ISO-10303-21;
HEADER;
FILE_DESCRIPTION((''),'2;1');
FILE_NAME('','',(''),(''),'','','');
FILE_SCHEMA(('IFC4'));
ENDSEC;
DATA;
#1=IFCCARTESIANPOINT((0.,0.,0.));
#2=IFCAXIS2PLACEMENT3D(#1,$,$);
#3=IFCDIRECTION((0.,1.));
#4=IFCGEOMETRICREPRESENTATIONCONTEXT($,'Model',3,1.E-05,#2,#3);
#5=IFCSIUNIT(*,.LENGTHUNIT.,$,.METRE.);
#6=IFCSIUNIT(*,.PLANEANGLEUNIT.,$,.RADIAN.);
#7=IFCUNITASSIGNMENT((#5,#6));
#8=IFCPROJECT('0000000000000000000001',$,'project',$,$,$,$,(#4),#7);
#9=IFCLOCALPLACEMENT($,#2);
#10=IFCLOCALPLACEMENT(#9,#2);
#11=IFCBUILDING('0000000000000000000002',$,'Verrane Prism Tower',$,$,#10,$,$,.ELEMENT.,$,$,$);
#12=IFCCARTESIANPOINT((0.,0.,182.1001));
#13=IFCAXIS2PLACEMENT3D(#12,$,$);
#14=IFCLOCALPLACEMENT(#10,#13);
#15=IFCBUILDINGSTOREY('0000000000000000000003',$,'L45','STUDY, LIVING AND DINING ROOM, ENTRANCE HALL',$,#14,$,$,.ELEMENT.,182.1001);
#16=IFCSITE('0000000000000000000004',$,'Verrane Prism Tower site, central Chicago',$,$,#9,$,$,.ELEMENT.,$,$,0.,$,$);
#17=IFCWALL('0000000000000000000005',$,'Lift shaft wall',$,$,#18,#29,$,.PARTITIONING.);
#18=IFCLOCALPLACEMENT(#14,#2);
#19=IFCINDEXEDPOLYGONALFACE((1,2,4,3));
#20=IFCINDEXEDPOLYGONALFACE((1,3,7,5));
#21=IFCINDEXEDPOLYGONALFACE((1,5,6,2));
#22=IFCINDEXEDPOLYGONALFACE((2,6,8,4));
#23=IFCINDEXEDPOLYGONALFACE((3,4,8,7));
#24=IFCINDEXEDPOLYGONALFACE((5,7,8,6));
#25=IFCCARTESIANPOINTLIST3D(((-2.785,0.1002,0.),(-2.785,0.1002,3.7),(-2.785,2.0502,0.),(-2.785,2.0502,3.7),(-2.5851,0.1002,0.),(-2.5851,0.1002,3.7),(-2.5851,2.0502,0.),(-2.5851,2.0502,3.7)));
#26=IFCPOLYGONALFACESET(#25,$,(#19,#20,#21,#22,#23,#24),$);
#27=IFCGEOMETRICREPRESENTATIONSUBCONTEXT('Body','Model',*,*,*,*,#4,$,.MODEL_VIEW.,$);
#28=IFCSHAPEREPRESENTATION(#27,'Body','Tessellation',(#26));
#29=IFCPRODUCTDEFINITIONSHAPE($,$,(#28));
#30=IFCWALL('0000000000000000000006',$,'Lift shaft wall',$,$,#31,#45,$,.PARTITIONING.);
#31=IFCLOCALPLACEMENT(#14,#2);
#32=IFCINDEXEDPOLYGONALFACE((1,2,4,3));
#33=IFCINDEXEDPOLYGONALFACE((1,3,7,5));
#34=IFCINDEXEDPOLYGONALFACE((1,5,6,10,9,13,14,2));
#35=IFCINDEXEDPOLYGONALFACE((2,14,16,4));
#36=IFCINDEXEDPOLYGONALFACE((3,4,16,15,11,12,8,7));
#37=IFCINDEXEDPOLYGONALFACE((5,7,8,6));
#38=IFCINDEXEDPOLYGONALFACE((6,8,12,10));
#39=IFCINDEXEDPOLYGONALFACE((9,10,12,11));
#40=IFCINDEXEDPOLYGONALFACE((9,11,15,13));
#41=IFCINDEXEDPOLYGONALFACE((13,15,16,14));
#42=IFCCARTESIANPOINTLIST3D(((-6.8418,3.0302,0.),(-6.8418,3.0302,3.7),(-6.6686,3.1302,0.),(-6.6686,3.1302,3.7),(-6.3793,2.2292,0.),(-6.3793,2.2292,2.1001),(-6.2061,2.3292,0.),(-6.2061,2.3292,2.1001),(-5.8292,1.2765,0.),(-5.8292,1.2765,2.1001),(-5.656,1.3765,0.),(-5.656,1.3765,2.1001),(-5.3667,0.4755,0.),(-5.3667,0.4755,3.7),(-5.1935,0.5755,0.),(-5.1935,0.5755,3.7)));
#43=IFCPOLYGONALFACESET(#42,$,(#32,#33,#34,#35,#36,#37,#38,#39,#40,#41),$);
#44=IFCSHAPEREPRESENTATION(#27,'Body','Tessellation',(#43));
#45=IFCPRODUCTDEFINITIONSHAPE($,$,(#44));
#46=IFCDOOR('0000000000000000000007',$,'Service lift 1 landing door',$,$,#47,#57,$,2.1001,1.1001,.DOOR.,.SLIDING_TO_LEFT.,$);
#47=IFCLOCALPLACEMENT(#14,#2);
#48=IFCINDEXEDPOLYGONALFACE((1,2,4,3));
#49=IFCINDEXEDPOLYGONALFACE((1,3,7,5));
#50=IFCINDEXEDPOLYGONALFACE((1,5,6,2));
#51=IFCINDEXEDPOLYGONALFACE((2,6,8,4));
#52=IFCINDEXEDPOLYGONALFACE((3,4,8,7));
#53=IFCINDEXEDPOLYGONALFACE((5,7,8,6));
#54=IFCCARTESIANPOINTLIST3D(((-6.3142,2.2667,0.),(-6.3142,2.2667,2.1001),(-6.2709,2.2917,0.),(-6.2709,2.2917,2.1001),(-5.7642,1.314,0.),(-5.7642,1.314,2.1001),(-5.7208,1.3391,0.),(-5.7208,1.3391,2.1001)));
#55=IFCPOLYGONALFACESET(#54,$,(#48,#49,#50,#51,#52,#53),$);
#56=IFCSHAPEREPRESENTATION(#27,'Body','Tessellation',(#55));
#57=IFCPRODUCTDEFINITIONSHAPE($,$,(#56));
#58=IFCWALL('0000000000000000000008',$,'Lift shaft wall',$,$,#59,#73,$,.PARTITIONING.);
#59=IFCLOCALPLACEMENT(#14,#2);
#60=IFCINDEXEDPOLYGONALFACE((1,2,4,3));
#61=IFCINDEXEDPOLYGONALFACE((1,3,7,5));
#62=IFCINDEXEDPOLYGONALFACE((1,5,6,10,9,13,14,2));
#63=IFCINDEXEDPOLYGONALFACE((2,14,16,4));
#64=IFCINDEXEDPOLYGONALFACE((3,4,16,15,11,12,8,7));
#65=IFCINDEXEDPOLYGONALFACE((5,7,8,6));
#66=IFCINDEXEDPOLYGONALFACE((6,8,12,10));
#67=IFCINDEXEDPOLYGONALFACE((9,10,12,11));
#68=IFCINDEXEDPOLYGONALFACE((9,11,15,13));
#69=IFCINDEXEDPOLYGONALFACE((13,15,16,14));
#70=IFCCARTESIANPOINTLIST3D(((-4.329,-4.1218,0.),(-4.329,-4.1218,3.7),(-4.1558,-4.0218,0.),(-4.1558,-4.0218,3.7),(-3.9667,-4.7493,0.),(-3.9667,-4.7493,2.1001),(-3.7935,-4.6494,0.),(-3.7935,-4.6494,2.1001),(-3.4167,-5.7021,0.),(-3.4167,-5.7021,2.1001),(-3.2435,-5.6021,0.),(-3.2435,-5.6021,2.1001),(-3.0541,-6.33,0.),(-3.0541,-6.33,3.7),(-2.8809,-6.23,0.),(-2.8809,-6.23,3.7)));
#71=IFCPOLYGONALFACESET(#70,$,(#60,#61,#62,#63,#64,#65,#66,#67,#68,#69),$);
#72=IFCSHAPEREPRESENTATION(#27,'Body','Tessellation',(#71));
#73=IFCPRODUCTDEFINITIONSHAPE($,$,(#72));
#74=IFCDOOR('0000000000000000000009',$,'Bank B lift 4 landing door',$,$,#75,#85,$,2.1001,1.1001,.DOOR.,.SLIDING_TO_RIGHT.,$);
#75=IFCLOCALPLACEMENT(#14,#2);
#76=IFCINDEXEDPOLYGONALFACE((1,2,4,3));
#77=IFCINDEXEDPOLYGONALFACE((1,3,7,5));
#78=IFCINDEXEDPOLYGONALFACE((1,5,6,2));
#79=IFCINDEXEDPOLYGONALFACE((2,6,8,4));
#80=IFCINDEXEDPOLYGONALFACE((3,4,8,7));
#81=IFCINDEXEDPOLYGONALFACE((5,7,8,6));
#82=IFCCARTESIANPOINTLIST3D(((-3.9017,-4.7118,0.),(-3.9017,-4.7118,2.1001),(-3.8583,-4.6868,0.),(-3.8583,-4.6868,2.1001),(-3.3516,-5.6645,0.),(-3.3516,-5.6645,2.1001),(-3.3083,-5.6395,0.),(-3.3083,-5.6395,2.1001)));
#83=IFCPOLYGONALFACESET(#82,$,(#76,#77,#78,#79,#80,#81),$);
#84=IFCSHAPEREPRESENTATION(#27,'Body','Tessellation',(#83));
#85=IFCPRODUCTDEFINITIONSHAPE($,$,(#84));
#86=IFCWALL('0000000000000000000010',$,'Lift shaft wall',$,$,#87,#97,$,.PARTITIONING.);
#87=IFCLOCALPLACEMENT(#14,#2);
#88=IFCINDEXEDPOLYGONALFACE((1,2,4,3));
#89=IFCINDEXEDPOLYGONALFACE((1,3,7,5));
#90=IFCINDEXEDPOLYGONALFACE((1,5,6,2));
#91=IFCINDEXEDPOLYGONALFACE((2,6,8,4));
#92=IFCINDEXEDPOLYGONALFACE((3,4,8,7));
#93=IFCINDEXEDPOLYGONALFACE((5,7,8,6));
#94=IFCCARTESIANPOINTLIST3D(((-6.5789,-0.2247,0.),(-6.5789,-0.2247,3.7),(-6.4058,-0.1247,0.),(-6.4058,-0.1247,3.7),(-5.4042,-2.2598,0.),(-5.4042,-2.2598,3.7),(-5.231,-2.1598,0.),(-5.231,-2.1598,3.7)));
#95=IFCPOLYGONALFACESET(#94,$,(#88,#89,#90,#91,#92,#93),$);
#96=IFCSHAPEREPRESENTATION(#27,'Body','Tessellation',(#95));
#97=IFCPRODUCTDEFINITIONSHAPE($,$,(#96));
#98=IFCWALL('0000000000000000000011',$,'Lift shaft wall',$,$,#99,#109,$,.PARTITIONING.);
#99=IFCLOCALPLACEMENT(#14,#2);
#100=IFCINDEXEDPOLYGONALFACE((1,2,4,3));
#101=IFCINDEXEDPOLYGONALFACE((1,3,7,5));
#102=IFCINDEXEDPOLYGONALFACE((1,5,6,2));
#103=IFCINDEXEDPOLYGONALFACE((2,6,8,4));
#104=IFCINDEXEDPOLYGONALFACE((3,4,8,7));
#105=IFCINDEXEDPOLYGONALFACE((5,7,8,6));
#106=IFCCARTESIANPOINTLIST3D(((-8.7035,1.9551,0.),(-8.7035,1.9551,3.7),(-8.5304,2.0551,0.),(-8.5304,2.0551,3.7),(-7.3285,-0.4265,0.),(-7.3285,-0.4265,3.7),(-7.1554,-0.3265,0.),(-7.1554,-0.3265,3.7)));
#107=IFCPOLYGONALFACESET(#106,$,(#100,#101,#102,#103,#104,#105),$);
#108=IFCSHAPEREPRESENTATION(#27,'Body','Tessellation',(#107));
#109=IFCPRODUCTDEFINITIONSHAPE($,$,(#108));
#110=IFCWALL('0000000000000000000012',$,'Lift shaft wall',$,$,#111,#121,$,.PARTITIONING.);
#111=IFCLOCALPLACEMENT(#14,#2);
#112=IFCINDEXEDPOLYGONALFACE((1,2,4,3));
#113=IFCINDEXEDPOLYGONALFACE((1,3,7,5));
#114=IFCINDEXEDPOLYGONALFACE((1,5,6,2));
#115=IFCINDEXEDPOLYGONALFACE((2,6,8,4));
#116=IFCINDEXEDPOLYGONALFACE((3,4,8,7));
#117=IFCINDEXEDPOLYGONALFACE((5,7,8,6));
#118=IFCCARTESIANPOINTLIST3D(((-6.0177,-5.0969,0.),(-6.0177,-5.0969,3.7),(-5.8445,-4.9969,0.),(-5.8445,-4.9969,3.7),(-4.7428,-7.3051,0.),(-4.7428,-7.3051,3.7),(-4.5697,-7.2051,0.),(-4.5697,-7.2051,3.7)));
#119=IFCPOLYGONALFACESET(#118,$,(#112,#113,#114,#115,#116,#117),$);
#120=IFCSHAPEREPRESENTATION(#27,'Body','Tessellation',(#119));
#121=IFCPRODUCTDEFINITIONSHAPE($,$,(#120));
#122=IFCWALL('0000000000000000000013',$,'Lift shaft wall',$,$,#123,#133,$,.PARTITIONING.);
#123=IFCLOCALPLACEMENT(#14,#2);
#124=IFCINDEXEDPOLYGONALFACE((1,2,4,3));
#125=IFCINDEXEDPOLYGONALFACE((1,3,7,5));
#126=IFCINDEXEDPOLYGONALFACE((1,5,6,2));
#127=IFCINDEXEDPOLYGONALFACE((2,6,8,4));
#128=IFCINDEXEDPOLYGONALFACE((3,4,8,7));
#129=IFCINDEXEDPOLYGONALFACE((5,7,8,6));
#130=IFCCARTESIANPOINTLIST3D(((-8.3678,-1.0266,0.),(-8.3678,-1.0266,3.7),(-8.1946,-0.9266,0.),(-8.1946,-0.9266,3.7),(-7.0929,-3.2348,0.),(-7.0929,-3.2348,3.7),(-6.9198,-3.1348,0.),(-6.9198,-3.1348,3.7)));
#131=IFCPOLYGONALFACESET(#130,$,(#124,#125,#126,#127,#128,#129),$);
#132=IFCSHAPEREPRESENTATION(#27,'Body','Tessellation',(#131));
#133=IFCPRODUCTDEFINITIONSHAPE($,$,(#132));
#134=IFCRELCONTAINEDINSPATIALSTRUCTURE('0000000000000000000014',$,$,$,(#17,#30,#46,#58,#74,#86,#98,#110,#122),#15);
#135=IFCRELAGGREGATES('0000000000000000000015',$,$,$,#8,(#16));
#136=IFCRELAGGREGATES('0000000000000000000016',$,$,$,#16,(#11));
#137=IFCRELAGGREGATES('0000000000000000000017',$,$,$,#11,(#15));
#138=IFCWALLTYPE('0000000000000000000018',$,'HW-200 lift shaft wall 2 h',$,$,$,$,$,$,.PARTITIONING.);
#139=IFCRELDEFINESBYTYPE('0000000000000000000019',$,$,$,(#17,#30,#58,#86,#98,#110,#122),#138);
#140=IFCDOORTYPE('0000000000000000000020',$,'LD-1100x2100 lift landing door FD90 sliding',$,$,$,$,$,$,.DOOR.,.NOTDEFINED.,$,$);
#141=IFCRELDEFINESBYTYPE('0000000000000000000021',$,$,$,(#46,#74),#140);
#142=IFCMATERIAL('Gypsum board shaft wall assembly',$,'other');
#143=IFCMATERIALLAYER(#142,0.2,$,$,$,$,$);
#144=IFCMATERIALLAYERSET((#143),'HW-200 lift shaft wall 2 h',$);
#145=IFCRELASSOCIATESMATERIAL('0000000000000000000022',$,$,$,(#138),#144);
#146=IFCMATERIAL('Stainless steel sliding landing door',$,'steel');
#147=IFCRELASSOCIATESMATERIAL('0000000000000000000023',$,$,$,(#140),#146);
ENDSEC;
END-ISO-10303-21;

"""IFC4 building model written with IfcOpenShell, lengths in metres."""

from ifc_helpers import new_model, si_unit, direction, frame, frame_2d, origin, place, context, subcontext, project, spatial, rectangle, extrude, material, layer, layer_set, type_object, element, fill, save


model = new_model("IFC4")

# Units and contexts
model_context = context("Model", 3, precision=1e-05, world=origin(), true_north=direction((0.0, 1.0)))
body_context = subcontext(model_context, "Body", "Model", "MODEL_VIEW")
ifc_project = project(units=[si_unit("LENGTHUNIT", "METRE"), si_unit("PLANEANGLEUNIT", "RADIAN")], contexts=[model_context])

# Site, building, storey
site_placement = place(None, origin())
site = spatial("IfcSite", under=ifc_project, at=site_placement, Name="Verrane Prism Tower site, central Chicago", CompositionType="ELEMENT", RefElevation=0.0)
building_placement = place(site_placement, origin())
building = spatial("IfcBuilding", under=site, at=building_placement, Name="Verrane Prism Tower", CompositionType="ELEMENT")
storey_placement = place(building_placement, frame((0.0, 0.0, 182.1001)))
storey = spatial("IfcBuildingStorey", under=building, at=storey_placement, Name="L45", Description="STUDY, LIVING AND DINING ROOM, ENTRANCE HALL", CompositionType="ELEMENT", Elevation=182.1001)

# Shared definitions
ifc_material_1 = material(Name="Gypsum board shaft wall assembly", Category="other")
ifc_layer_1 = layer(ifc_material_1, 0.2)
ifc_layer_set_1 = layer_set([ifc_layer_1], Name="HW-200 lift shaft wall 2 h")
wall_type_1 = type_object("IfcWallType", Name="HW-200 lift shaft wall 2 h", PredefinedType="PARTITIONING", material=ifc_layer_set_1)
ifc_material_2 = material(Name="Stainless steel sliding landing door", Category="steel")
door_type = type_object("IfcDoorType", Name="LD-1100x2100 lift landing door FD90 sliding", OperationType="NOTDEFINED", PredefinedType="DOOR", material=ifc_material_2)

# Wall
wall_1_placement = place(storey_placement, frame((-2.6851, 0.1001, 0.0), z_axis=(0.0, 0.0, 1.0), x_axis=(0.0, 1.0, 0.0)))
element("IfcWall", 1, at=wall_1_placement, inside=storey, type_object=wall_type_1, Name="Lift shaft wall", PredefinedType="PARTITIONING", context=body_context, shape_type="SweptSolid", body=[
    extrude(rectangle(XDim=1.95, YDim=0.2, at=frame_2d((0.9751, 0.0))), origin(), (0.0, 0.0, 1.0), 3.7),
])

# Walls, openings, doors
wall_2_placement = place(storey_placement, frame((-5.28, 0.5254, 0.0), z_axis=(0.0, 0.0, 1.0), x_axis=(-0.500038, 0.866004, 0.0)))
wall_2 = element("IfcWall", 2, at=wall_2_placement, inside=storey, type_object=wall_type_1, Name="Lift shaft wall", PredefinedType="PARTITIONING", context=body_context, shape_type="SweptSolid", body=[
    extrude(rectangle(XDim=2.95, YDim=0.2, at=frame_2d((1.4751, 0.0))), origin(), (0.0, 0.0, 1.0), 3.7),
])
opening_1_placement = place(wall_2_placement, frame((0.925, 0.0, 0.0)))
opening_1 = element("IfcOpeningElement", 3, at=opening_1_placement, cuts=wall_2, PredefinedType="OPENING", context=body_context, shape_type="SweptSolid", body=[
    extrude(rectangle(XDim=1.1001, YDim=2.1001, at=frame_2d((0.55, 1.05))), frame((0.0, 0.1099, 0.0), z_axis=(0.0, -1.0, 0.0), x_axis=(1.0, 0.0, 0.0)), (0.0, 0.0, 1.0), 0.22),
])
door_1_placement = place(opening_1_placement, origin())
door_1 = element("IfcDoor", 4, at=door_1_placement, inside=storey, type_object=door_type, Name="Service lift 1 landing door", OperationType="SLIDING_TO_LEFT", OverallHeight=2.1001, OverallWidth=1.1001, PredefinedType="DOOR", context=body_context, shape_type="SweptSolid", body=[
    extrude(rectangle(XDim=1.1001, YDim=2.1001, at=frame_2d((0.55, 1.05))), frame((0.0, 0.0249, 0.0), z_axis=(0.0, -1.0, 0.0), x_axis=(1.0, 0.0, 0.0)), (0.0, 0.0, 1.0), 0.05),
])
fill(opening_1, door_1)
wall_3_placement = place(storey_placement, frame((-2.9675, -6.28, 0.0), z_axis=(0.0, 0.0, 1.0), x_axis=(-0.49999, 0.866031, 0.0)))
wall_3 = element("IfcWall", 5, at=wall_3_placement, inside=storey, type_object=wall_type_1, Name="Lift shaft wall", PredefinedType="PARTITIONING", context=body_context, shape_type="SweptSolid", body=[
    extrude(rectangle(XDim=2.5498, YDim=0.2, at=frame_2d((1.2749, 0.0))), origin(), (0.0, 0.0, 1.0), 3.7),
])
opening_2_placement = place(wall_3_placement, frame((0.7251, 0.0, 0.0)))
opening_2 = element("IfcOpeningElement", 6, at=opening_2_placement, cuts=wall_3, PredefinedType="OPENING", context=body_context, shape_type="SweptSolid", body=[
    extrude(rectangle(XDim=1.1001, YDim=2.1001, at=frame_2d((0.55, 1.05))), frame((0.0, 0.1099, 0.0), z_axis=(0.0, -1.0, 0.0), x_axis=(1.0, 0.0, 0.0)), (0.0, 0.0, 1.0), 0.22),
])
door_2_placement = place(opening_2_placement, origin())
door_2 = element("IfcDoor", 7, at=door_2_placement, inside=storey, type_object=door_type, Name="Bank B lift 4 landing door", OperationType="SLIDING_TO_RIGHT", OverallHeight=2.1001, OverallWidth=1.1001, PredefinedType="DOOR", context=body_context, shape_type="SweptSolid", body=[
    extrude(rectangle(XDim=1.1001, YDim=2.1001, at=frame_2d((0.55, 1.05))), frame((0.0, 0.0249, 0.0), z_axis=(0.0, -1.0, 0.0), x_axis=(1.0, 0.0, 0.0)), (0.0, 0.0, 1.0), 0.05),
])
fill(opening_2, door_2)

# Walls
wall_4_placement = place(storey_placement, frame((-5.3176, -2.2097, 0.0), z_axis=(0.0, 0.0, 1.0), x_axis=(-0.499938, 0.866061, 0.0)))
element("IfcWall", 8, at=wall_4_placement, inside=storey, type_object=wall_type_1, Name="Lift shaft wall", PredefinedType="PARTITIONING", context=body_context, shape_type="SweptSolid", body=[
    extrude(rectangle(XDim=2.3499, YDim=0.2, at=frame_2d((1.1748, 0.0))), origin(), (0.0, 0.0, 1.0), 3.7),
])
wall_5_placement = place(storey_placement, frame((-7.2419, -0.3765, 0.0), z_axis=(0.0, 0.0, 1.0), x_axis=(-0.499997, 0.866027, 0.0)))
element("IfcWall", 9, at=wall_5_placement, inside=storey, type_object=wall_type_1, Name="Lift shaft wall", PredefinedType="PARTITIONING", context=body_context, shape_type="SweptSolid", body=[
    extrude(rectangle(XDim=2.75, YDim=0.2, at=frame_2d((1.375, 0.0))), origin(), (0.0, 0.0, 1.0), 3.7),
])
for number, where, z_axis, x_axis, name in (
    (10, (-4.6562, -7.2551, 0.0), (0.0, 0.0, 1.0), (-0.49999, 0.866031, 0.0), "Lift shaft wall"),
    (11, (-7.0063, -3.1848, 0.0), (0.0, 0.0, 1.0), (-0.49999, 0.866031, 0.0), "Lift shaft wall"),
):
    element("IfcWall", number, at=place(storey_placement, frame(where, z_axis=z_axis, x_axis=x_axis)), inside=storey, type_object=wall_type_1, Name=name, PredefinedType="PARTITIONING", context=body_context, shape_type="SweptSolid", body=[
        extrude(rectangle(XDim=2.5498, YDim=0.2, at=frame_2d((1.2749, 0.0))), origin(), (0.0, 0.0, 1.0), 3.7),
    ])

save(model, "model.ifc")
